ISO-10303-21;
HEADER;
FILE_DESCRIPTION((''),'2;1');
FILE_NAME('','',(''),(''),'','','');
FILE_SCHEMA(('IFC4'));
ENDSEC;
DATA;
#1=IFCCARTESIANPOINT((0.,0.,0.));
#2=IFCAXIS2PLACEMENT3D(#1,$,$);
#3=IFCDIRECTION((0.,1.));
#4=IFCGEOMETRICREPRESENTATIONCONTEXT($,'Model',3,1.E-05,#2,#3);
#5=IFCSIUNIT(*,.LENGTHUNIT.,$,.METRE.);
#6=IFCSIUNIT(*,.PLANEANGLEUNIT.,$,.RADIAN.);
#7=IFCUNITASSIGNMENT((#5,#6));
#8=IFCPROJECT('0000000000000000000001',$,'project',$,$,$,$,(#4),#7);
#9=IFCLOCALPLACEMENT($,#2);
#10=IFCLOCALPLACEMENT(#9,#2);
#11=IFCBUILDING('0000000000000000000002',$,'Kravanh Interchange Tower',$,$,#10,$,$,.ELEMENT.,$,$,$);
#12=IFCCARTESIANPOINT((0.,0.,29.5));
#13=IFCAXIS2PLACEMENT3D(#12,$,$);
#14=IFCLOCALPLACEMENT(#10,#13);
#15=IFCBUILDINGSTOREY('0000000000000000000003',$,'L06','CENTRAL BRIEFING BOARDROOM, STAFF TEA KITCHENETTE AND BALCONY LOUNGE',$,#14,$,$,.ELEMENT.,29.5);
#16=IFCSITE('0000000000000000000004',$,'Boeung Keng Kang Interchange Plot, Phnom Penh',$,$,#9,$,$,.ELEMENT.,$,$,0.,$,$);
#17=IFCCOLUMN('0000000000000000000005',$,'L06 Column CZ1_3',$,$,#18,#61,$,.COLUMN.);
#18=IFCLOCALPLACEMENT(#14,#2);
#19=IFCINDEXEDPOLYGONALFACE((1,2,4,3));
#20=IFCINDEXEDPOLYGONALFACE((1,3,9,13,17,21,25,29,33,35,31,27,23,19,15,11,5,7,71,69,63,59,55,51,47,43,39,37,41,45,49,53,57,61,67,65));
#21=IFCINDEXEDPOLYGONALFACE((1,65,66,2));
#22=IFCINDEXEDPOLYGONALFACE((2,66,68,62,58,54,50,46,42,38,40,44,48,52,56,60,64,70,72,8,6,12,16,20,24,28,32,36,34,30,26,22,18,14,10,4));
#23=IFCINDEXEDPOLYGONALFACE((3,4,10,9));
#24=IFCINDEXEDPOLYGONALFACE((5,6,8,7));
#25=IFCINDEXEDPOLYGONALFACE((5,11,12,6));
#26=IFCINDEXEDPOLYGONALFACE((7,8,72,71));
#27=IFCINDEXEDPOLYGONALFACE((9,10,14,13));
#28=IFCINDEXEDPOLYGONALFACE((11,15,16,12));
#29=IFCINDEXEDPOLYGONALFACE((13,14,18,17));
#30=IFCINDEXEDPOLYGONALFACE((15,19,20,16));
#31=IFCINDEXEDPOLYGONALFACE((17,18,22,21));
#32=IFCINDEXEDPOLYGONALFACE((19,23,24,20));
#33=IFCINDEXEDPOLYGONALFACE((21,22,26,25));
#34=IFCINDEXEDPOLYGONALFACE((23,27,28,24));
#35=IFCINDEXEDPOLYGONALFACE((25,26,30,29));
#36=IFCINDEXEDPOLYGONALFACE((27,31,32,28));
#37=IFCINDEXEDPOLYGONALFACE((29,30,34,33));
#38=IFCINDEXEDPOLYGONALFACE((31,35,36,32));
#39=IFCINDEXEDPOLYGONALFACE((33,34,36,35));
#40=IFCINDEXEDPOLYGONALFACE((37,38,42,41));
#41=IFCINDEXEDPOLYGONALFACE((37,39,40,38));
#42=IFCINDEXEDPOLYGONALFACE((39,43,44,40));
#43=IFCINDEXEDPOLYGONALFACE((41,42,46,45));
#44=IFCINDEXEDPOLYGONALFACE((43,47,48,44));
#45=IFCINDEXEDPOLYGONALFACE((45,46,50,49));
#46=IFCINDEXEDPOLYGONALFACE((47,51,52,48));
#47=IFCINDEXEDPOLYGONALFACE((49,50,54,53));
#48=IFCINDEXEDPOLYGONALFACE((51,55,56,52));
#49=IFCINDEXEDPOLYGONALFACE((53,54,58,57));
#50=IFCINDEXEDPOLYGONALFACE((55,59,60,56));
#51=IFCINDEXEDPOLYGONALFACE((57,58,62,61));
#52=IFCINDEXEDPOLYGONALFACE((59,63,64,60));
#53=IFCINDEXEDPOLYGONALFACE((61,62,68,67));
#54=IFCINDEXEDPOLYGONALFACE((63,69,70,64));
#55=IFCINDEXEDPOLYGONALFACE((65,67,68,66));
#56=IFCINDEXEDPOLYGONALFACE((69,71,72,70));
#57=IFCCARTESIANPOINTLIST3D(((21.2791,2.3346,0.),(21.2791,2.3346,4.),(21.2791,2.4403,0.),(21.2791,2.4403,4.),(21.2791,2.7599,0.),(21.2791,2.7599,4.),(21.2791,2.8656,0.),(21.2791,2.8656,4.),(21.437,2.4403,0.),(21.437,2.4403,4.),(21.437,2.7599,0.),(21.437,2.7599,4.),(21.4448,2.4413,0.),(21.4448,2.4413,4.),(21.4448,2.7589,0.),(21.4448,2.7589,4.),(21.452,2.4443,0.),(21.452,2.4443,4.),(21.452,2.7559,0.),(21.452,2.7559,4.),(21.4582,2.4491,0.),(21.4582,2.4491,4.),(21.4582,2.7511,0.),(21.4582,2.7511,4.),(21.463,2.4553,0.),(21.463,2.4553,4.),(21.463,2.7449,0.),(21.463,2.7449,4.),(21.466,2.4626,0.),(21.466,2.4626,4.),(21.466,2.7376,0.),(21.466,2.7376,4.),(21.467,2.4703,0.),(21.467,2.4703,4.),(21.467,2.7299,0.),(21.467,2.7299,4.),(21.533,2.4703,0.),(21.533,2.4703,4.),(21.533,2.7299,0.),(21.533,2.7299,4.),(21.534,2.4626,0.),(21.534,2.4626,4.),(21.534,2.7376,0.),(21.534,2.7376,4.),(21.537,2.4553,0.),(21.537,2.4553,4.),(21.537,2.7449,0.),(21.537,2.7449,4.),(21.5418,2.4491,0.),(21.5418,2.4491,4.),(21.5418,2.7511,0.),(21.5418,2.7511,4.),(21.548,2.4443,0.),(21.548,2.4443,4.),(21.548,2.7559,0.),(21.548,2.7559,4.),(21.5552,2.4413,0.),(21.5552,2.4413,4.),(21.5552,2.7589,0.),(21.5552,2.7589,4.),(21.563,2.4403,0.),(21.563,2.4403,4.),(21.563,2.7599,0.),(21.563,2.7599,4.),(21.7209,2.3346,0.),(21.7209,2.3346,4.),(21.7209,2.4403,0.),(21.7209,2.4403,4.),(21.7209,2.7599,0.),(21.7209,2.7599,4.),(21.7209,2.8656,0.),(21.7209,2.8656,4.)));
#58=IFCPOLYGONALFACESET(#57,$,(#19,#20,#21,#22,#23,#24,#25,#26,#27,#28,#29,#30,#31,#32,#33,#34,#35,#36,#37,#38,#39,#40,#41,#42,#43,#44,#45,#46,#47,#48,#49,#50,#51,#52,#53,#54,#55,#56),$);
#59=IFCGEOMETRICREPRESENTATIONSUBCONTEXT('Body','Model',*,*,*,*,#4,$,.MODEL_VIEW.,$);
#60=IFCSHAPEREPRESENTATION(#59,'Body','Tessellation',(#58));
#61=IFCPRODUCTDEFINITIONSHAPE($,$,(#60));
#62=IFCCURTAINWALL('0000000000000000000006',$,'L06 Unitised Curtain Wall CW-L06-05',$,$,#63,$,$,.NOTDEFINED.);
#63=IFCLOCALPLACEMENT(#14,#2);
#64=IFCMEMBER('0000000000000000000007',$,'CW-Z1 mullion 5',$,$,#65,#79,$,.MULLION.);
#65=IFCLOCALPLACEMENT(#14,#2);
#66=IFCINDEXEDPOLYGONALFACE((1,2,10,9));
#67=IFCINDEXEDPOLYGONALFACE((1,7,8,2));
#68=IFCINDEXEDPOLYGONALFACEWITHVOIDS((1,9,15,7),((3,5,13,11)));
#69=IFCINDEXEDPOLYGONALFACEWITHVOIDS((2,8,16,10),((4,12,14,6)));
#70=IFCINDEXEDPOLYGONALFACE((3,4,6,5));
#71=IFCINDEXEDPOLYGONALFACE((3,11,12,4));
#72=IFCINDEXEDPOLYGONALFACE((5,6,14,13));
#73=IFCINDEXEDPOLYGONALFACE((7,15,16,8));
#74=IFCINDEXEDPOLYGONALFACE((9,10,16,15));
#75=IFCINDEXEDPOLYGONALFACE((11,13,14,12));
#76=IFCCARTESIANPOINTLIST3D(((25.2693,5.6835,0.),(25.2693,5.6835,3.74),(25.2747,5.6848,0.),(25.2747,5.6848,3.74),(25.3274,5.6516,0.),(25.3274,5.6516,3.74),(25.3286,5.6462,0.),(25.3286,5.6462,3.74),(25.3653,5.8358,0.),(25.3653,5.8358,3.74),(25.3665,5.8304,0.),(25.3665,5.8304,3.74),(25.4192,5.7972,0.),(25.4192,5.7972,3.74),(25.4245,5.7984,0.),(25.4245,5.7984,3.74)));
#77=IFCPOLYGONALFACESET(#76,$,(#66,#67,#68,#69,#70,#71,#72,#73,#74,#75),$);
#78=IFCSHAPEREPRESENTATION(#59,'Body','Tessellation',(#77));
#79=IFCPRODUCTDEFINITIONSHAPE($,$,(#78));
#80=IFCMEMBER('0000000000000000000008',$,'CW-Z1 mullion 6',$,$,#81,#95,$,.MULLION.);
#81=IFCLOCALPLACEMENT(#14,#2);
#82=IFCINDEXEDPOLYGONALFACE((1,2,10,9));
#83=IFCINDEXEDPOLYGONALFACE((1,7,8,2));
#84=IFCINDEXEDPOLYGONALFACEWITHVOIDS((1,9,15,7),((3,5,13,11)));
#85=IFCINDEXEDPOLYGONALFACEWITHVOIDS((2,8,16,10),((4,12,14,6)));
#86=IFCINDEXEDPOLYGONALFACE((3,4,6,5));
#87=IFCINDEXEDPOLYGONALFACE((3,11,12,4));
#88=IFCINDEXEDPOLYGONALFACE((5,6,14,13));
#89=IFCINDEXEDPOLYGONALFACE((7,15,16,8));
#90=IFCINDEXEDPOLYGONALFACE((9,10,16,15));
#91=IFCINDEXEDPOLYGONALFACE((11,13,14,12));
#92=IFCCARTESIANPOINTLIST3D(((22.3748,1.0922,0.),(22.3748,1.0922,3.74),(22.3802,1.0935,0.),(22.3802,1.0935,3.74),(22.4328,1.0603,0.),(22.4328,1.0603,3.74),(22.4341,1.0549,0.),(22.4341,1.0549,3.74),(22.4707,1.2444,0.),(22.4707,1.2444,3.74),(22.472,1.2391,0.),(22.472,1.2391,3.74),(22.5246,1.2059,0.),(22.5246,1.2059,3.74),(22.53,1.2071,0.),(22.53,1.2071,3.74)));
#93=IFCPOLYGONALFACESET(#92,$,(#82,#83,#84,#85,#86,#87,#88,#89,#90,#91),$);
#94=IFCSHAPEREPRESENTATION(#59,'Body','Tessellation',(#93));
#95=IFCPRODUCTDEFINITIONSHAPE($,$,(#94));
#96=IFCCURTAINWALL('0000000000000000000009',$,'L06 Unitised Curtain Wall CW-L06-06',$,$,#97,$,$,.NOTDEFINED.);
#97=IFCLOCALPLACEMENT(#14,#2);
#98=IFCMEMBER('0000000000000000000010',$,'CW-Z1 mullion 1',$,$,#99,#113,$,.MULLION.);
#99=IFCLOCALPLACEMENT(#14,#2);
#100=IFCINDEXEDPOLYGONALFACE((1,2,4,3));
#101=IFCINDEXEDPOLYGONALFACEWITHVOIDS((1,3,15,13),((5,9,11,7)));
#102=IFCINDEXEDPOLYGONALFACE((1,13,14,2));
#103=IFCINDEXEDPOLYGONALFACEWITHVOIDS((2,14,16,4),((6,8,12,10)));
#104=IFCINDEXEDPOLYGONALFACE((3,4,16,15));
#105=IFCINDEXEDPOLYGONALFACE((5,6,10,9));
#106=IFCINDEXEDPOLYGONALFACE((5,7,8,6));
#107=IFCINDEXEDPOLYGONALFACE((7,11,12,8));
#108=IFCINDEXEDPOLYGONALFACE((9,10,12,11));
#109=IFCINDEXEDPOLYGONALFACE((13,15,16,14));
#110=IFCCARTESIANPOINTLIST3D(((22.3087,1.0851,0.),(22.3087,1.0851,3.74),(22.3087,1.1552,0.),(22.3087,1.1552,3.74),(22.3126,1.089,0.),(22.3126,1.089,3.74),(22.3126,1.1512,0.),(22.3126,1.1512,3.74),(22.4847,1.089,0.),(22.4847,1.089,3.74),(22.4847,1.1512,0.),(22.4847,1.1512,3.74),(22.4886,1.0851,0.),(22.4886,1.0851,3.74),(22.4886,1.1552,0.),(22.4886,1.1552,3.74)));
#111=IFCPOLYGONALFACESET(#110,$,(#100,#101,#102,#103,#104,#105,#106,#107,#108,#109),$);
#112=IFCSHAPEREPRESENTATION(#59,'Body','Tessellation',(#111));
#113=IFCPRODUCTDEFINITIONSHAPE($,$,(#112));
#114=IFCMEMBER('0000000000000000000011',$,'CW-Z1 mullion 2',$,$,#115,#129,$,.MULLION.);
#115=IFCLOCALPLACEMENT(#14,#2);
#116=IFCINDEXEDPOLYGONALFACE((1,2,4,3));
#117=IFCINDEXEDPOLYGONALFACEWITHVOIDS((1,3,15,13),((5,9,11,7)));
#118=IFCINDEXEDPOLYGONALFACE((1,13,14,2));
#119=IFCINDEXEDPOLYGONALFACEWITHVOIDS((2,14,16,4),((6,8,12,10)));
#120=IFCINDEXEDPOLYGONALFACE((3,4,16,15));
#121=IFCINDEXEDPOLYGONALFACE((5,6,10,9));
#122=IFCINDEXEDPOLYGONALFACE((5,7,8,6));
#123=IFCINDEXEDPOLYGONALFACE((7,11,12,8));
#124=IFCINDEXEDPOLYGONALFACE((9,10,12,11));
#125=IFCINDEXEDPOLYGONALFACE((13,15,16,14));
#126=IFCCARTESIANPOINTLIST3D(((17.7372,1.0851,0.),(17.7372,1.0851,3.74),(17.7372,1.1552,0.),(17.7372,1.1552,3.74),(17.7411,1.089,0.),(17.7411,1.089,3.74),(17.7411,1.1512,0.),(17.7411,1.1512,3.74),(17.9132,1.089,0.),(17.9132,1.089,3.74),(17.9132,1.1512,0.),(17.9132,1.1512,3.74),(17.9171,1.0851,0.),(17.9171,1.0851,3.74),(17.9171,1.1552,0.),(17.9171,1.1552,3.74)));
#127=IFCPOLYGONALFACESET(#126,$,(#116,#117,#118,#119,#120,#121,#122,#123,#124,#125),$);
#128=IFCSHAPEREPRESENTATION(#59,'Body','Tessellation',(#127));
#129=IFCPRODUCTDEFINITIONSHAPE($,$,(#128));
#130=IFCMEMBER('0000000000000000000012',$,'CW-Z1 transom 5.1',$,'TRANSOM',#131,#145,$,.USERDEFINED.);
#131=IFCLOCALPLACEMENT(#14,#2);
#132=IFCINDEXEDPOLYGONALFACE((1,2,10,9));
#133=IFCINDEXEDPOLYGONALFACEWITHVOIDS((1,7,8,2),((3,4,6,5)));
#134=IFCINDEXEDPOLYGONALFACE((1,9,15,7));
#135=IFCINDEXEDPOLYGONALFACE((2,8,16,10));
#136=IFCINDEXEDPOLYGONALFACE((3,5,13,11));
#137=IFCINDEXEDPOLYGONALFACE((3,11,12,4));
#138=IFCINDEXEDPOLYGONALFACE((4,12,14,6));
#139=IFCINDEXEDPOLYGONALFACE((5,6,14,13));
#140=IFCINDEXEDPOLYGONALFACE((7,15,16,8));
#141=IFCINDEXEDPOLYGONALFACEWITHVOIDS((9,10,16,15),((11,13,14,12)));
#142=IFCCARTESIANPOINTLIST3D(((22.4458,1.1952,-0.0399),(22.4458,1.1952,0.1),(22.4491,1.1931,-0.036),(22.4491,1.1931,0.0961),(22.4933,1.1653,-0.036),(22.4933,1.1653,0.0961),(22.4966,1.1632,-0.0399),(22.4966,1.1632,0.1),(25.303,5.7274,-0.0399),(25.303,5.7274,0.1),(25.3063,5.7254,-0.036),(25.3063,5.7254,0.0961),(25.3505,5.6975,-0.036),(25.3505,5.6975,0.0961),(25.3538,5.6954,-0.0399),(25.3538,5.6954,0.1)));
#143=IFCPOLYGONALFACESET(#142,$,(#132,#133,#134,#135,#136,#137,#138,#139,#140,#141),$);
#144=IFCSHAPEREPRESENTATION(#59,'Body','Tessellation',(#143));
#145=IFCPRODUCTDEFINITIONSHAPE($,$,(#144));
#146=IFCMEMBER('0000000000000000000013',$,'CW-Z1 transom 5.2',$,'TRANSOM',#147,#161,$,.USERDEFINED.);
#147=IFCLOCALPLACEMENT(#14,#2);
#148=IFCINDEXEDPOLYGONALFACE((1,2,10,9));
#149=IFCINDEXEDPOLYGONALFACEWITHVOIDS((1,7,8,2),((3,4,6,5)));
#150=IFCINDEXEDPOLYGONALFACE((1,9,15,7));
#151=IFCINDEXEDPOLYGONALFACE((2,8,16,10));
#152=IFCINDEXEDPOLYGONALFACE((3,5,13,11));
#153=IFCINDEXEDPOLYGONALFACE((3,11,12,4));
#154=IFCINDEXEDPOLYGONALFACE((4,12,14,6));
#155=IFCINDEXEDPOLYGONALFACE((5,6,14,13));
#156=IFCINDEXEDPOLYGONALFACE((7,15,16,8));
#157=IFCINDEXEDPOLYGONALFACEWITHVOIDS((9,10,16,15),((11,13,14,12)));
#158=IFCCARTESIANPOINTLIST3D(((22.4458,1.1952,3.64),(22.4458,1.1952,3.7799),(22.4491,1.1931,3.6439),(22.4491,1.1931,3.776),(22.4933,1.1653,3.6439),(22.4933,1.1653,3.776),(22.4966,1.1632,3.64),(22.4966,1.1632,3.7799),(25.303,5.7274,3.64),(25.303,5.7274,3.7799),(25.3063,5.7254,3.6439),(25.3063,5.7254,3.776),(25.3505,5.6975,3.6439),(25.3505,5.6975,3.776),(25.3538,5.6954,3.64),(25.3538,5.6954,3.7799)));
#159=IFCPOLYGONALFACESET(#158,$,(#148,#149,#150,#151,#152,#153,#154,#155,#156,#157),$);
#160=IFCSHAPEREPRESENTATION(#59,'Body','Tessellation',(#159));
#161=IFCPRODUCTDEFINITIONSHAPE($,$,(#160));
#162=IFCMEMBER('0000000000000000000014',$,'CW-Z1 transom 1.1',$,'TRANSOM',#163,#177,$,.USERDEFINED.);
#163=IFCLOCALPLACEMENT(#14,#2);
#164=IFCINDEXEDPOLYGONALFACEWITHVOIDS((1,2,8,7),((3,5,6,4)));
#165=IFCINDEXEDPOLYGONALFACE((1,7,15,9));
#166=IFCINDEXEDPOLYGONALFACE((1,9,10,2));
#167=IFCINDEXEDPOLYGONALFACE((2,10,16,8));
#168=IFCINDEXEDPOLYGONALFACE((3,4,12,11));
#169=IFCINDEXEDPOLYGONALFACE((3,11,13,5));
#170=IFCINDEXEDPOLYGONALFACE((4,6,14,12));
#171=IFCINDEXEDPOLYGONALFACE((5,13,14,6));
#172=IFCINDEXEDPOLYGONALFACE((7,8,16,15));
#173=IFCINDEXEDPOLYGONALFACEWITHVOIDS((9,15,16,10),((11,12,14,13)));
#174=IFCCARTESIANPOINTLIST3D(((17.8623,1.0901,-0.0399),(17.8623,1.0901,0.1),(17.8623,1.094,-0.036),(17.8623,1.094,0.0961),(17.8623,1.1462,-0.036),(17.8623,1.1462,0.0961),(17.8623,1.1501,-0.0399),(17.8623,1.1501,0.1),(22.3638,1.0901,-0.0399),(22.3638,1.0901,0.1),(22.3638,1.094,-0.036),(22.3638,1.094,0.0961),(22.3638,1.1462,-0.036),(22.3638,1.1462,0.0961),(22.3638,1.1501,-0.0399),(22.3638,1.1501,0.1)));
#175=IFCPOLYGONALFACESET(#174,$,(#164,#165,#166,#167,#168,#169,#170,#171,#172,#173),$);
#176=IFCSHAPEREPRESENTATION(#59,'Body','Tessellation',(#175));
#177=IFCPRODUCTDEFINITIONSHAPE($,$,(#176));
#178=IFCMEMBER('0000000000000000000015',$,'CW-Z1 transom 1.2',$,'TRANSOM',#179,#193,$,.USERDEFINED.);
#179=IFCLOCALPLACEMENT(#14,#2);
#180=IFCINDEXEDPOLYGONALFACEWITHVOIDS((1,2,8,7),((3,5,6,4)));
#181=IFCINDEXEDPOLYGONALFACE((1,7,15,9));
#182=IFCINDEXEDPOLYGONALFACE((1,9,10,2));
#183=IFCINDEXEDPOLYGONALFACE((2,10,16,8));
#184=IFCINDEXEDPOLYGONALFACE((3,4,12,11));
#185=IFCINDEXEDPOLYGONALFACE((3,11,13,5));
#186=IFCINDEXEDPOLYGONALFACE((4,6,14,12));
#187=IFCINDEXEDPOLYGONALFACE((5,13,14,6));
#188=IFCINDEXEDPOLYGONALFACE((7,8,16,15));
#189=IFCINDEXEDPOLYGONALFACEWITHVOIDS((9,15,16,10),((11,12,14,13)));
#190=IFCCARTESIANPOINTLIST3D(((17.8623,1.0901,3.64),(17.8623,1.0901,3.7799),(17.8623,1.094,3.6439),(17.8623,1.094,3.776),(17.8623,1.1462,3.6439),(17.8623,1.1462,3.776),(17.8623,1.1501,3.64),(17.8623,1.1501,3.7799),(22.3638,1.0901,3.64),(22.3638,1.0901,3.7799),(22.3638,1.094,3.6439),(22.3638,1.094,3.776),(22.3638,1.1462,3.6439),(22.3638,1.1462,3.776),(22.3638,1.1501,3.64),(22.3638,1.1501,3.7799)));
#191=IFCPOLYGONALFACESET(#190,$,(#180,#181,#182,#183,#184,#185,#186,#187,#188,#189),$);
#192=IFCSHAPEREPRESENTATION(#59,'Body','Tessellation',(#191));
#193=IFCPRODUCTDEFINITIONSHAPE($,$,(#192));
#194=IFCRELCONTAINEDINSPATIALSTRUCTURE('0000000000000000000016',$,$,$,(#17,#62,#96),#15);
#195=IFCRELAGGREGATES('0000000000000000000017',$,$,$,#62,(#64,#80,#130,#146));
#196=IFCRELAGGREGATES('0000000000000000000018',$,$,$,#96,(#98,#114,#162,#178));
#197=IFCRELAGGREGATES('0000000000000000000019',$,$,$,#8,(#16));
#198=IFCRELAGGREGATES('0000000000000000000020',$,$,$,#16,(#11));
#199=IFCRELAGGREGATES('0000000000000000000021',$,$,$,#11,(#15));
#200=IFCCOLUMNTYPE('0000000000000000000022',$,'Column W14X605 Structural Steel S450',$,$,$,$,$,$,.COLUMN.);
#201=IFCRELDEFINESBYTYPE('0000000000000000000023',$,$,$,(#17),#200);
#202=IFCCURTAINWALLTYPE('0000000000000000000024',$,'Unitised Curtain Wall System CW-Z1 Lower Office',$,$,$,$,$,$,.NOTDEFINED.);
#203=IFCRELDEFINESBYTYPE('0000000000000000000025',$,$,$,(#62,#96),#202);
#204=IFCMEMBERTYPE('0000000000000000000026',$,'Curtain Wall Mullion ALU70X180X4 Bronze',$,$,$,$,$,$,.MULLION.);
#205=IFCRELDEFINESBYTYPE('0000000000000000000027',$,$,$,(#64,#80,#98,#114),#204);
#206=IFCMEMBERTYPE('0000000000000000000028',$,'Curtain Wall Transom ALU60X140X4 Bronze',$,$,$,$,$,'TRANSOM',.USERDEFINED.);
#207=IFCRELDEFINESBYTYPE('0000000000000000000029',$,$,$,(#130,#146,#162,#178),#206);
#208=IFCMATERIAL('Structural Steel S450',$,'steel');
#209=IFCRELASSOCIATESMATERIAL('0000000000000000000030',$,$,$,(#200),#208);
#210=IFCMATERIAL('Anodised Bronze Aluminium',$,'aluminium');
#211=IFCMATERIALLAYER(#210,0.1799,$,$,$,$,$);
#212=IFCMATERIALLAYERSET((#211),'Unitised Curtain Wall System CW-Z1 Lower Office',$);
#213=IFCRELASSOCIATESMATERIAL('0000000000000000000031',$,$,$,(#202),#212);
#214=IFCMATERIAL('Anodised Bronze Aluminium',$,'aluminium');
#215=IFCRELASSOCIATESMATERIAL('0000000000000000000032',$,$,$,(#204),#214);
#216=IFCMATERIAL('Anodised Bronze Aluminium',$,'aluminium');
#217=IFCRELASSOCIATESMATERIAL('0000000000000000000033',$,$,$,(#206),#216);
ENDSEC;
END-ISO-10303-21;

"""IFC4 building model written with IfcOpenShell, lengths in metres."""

from ifc_helpers import new_model, si_unit, direction, frame, origin, origin_2d, place, context, subcontext, project, spatial, hollow_rectangle, i_section, extrude, material, layer, layer_set, material_profile, profile_set, type_object, element, aggregate, save


model = new_model("IFC4")

# Units and contexts
model_context = context("Model", 3, precision=1e-05, world=origin(), true_north=direction((0.0, 1.0)))
body_context = subcontext(model_context, "Body", "Model", "MODEL_VIEW")
ifc_project = project(units=[si_unit("LENGTHUNIT", "METRE"), si_unit("PLANEANGLEUNIT", "RADIAN")], contexts=[model_context])

# Site, building, storey
site_placement = place(None, origin())
site = spatial("IfcSite", under=ifc_project, at=site_placement, Name="Boeung Keng Kang Interchange Plot, Phnom Penh", CompositionType="ELEMENT", RefElevation=0.0)
building_placement = place(site_placement, origin())
building = spatial("IfcBuilding", under=site, at=building_placement, Name="Kravanh Interchange Tower", CompositionType="ELEMENT")
storey_placement = place(building_placement, frame((0.0, 0.0, 29.5)))
storey = spatial("IfcBuildingStorey", under=building, at=storey_placement, Name="L06", Description="CENTRAL BRIEFING BOARDROOM, STAFF TEA KITCHENETTE AND BALCONY LOUNGE", CompositionType="ELEMENT", Elevation=29.5)

# Column
ifc_material_1 = material(Name="Structural Steel S450", Category="steel")
ifc_material_profile_1 = material_profile(ifc_material_1, i_section(OverallWidth=0.4419, OverallDepth=0.531, WebThickness=0.0659, FlangeThickness=0.1057, FilletRadius=0.03, at=origin_2d()), Name="W14X605")
ifc_profile_set_1 = profile_set([ifc_material_profile_1], Name="Structural Steel S450")
column_type = type_object("IfcColumnType", Name="Column W14X605 Structural Steel S450", PredefinedType="COLUMN", material=ifc_profile_set_1)
column_placement = place(storey_placement, frame((21.5, 2.6001, 0.0), z_axis=(0.0, 0.0, 1.0), x_axis=(1.0, 0.0, 0.0)))
element("IfcColumn", 1, at=column_placement, inside=storey, type_object=column_type, Name="L06 Column CZ1_3", PredefinedType="COLUMN", context=body_context, shape_type="SweptSolid", body=[
    extrude(i_section(OverallWidth=0.4419, OverallDepth=0.531, WebThickness=0.0659, FlangeThickness=0.1057, FilletRadius=0.03, at=origin_2d()), origin(), (0.0, 0.0, 1.0), 4.0),
])

# Curtain walls, members
ifc_material_2 = material(Name="Anodised Bronze Aluminium", Category="aluminium")
ifc_layer_1 = layer(ifc_material_2, 0.1799)
ifc_layer_set_1 = layer_set([ifc_layer_1], Name="Unitised Curtain Wall System CW-Z1 Lower Office")
curtain_wall_type = type_object("IfcCurtainWallType", Name="Unitised Curtain Wall System CW-Z1 Lower Office", PredefinedType="NOTDEFINED", material=ifc_layer_set_1)
curtain_wall_1_placement = place(storey_placement, origin())
curtain_wall_1 = element("IfcCurtainWall", 2, at=curtain_wall_1_placement, inside=storey, type_object=curtain_wall_type, Name="L06 Unitised Curtain Wall CW-L06-05", PredefinedType="NOTDEFINED")
ifc_material_3 = material(Name="Anodised Bronze Aluminium", Category="aluminium")
ifc_material_profile_2 = material_profile(ifc_material_3, hollow_rectangle(XDim=0.0701, YDim=0.1799, WallThickness=0.0039, at=origin_2d()), Name="ALU70X180X4")
ifc_profile_set_2 = profile_set([ifc_material_profile_2], Name="Anodised Bronze Aluminium")
member_type_1 = type_object("IfcMemberType", Name="Curtain Wall Mullion ALU70X180X4 Bronze", PredefinedType="MULLION", material=ifc_profile_set_2)
member_1_placement = place(storey_placement, frame((25.3469, 5.741, 0.0), z_axis=(0.0, 0.0, 1.0), x_axis=(0.845926, -0.533301, 0.0)))
member_1 = element("IfcMember", 3, at=member_1_placement, type_object=member_type_1, Name="CW-Z1 mullion 5", PredefinedType="MULLION", context=body_context, shape_type="SweptSolid", body=[
    extrude(hollow_rectangle(XDim=0.0701, YDim=0.1799, WallThickness=0.0039, at=origin_2d()), origin(), (0.0, 0.0, 1.0), 3.74),
])
member_2_placement = place(storey_placement, frame((22.4524, 1.1497, 0.0), z_axis=(0.0, 0.0, 1.0), x_axis=(0.845926, -0.533301, 0.0)))
member_2 = element("IfcMember", 4, at=member_2_placement, type_object=member_type_1, Name="CW-Z1 mullion 6", PredefinedType="MULLION", context=body_context, shape_type="SweptSolid", body=[
    extrude(hollow_rectangle(XDim=0.0701, YDim=0.1799, WallThickness=0.0039, at=origin_2d()), origin(), (0.0, 0.0, 1.0), 3.74),
])
curtain_wall_2_placement = place(storey_placement, origin())
curtain_wall_2 = element("IfcCurtainWall", 5, at=curtain_wall_2_placement, inside=storey, type_object=curtain_wall_type, Name="L06 Unitised Curtain Wall CW-L06-06", PredefinedType="NOTDEFINED")
member_3_placement = place(storey_placement, frame((22.3987, 1.1201, 0.0), z_axis=(0.0, 0.0, 1.0), x_axis=(0.0, -1.0, 0.0)))
member_3 = element("IfcMember", 6, at=member_3_placement, type_object=member_type_1, Name="CW-Z1 mullion 1", PredefinedType="MULLION", context=body_context, shape_type="SweptSolid", body=[
    extrude(hollow_rectangle(XDim=0.0701, YDim=0.1799, WallThickness=0.0039, at=origin_2d()), origin(), (0.0, 0.0, 1.0), 3.74),
])
member_4_placement = place(storey_placement, frame((17.8271, 1.1201, 0.0), z_axis=(0.0, 0.0, 1.0), x_axis=(0.0, -1.0, 0.0)))
member_4 = element("IfcMember", 7, at=member_4_placement, type_object=member_type_1, Name="CW-Z1 mullion 2", PredefinedType="MULLION", context=body_context, shape_type="SweptSolid", body=[
    extrude(hollow_rectangle(XDim=0.0701, YDim=0.1799, WallThickness=0.0039, at=origin_2d()), origin(), (0.0, 0.0, 1.0), 3.74),
])

# Members
ifc_material_4 = material(Name="Anodised Bronze Aluminium", Category="aluminium")
ifc_material_profile_3 = material_profile(ifc_material_4, hollow_rectangle(XDim=0.0601, YDim=0.1399, WallThickness=0.0039, at=origin_2d()), Name="ALU60X140X4")
ifc_profile_set_3 = profile_set([ifc_material_profile_3], Name="Anodised Bronze Aluminium")
member_type_2 = type_object("IfcMemberType", Name="Curtain Wall Transom ALU60X140X4 Bronze", ElementType="TRANSOM", PredefinedType="USERDEFINED", material=ifc_profile_set_3)
member_5_placement = place(storey_placement, frame((25.3284, 5.7114, 0.03), z_axis=(-0.533288, -0.845934, 0.0), x_axis=(0.845934, -0.533288, 0.0)))
member_5 = element("IfcMember", 8, at=member_5_placement, type_object=member_type_2, Name="CW-Z1 transom 5.1", ObjectType="TRANSOM", PredefinedType="USERDEFINED", context=body_context, shape_type="SweptSolid", body=[
    extrude(hollow_rectangle(XDim=0.0601, YDim=0.1399, WallThickness=0.0039, at=origin_2d()), origin(), (0.0, 0.0, 1.0), 5.3577),
])
member_6_placement = place(storey_placement, frame((25.3284, 5.7114, 3.71), z_axis=(-0.533288, -0.845934, 0.0), x_axis=(0.845934, -0.533288, 0.0)))
member_6 = element("IfcMember", 9, at=member_6_placement, type_object=member_type_2, Name="CW-Z1 transom 5.2", ObjectType="TRANSOM", PredefinedType="USERDEFINED", context=body_context, shape_type="SweptSolid", body=[
    extrude(hollow_rectangle(XDim=0.0601, YDim=0.1399, WallThickness=0.0039, at=origin_2d()), origin(), (0.0, 0.0, 1.0), 5.3577),
])
member_7_placement = place(storey_placement, frame((22.3638, 1.1201, 0.03), z_axis=(-1.0, 0.0, 0.0), x_axis=(0.0, -1.0, 0.0)))
member_7 = element("IfcMember", 10, at=member_7_placement, type_object=member_type_2, Name="CW-Z1 transom 1.1", ObjectType="TRANSOM", PredefinedType="USERDEFINED", context=body_context, shape_type="SweptSolid", body=[
    extrude(hollow_rectangle(XDim=0.0601, YDim=0.1399, WallThickness=0.0039, at=origin_2d()), origin(), (0.0, 0.0, 1.0), 4.5015),
])
member_8_placement = place(storey_placement, frame((22.3638, 1.1201, 3.71), z_axis=(-1.0, 0.0, 0.0), x_axis=(0.0, -1.0, 0.0)))
member_8 = element("IfcMember", 11, at=member_8_placement, type_object=member_type_2, Name="CW-Z1 transom 1.2", ObjectType="TRANSOM", PredefinedType="USERDEFINED", context=body_context, shape_type="SweptSolid", body=[
    extrude(hollow_rectangle(XDim=0.0601, YDim=0.1399, WallThickness=0.0039, at=origin_2d()), origin(), (0.0, 0.0, 1.0), 4.5015),
])

aggregate(curtain_wall_1, [member_1, member_2, member_5, member_6])
aggregate(curtain_wall_2, [member_3, member_4, member_7, member_8])

save(model, "model.ifc")
